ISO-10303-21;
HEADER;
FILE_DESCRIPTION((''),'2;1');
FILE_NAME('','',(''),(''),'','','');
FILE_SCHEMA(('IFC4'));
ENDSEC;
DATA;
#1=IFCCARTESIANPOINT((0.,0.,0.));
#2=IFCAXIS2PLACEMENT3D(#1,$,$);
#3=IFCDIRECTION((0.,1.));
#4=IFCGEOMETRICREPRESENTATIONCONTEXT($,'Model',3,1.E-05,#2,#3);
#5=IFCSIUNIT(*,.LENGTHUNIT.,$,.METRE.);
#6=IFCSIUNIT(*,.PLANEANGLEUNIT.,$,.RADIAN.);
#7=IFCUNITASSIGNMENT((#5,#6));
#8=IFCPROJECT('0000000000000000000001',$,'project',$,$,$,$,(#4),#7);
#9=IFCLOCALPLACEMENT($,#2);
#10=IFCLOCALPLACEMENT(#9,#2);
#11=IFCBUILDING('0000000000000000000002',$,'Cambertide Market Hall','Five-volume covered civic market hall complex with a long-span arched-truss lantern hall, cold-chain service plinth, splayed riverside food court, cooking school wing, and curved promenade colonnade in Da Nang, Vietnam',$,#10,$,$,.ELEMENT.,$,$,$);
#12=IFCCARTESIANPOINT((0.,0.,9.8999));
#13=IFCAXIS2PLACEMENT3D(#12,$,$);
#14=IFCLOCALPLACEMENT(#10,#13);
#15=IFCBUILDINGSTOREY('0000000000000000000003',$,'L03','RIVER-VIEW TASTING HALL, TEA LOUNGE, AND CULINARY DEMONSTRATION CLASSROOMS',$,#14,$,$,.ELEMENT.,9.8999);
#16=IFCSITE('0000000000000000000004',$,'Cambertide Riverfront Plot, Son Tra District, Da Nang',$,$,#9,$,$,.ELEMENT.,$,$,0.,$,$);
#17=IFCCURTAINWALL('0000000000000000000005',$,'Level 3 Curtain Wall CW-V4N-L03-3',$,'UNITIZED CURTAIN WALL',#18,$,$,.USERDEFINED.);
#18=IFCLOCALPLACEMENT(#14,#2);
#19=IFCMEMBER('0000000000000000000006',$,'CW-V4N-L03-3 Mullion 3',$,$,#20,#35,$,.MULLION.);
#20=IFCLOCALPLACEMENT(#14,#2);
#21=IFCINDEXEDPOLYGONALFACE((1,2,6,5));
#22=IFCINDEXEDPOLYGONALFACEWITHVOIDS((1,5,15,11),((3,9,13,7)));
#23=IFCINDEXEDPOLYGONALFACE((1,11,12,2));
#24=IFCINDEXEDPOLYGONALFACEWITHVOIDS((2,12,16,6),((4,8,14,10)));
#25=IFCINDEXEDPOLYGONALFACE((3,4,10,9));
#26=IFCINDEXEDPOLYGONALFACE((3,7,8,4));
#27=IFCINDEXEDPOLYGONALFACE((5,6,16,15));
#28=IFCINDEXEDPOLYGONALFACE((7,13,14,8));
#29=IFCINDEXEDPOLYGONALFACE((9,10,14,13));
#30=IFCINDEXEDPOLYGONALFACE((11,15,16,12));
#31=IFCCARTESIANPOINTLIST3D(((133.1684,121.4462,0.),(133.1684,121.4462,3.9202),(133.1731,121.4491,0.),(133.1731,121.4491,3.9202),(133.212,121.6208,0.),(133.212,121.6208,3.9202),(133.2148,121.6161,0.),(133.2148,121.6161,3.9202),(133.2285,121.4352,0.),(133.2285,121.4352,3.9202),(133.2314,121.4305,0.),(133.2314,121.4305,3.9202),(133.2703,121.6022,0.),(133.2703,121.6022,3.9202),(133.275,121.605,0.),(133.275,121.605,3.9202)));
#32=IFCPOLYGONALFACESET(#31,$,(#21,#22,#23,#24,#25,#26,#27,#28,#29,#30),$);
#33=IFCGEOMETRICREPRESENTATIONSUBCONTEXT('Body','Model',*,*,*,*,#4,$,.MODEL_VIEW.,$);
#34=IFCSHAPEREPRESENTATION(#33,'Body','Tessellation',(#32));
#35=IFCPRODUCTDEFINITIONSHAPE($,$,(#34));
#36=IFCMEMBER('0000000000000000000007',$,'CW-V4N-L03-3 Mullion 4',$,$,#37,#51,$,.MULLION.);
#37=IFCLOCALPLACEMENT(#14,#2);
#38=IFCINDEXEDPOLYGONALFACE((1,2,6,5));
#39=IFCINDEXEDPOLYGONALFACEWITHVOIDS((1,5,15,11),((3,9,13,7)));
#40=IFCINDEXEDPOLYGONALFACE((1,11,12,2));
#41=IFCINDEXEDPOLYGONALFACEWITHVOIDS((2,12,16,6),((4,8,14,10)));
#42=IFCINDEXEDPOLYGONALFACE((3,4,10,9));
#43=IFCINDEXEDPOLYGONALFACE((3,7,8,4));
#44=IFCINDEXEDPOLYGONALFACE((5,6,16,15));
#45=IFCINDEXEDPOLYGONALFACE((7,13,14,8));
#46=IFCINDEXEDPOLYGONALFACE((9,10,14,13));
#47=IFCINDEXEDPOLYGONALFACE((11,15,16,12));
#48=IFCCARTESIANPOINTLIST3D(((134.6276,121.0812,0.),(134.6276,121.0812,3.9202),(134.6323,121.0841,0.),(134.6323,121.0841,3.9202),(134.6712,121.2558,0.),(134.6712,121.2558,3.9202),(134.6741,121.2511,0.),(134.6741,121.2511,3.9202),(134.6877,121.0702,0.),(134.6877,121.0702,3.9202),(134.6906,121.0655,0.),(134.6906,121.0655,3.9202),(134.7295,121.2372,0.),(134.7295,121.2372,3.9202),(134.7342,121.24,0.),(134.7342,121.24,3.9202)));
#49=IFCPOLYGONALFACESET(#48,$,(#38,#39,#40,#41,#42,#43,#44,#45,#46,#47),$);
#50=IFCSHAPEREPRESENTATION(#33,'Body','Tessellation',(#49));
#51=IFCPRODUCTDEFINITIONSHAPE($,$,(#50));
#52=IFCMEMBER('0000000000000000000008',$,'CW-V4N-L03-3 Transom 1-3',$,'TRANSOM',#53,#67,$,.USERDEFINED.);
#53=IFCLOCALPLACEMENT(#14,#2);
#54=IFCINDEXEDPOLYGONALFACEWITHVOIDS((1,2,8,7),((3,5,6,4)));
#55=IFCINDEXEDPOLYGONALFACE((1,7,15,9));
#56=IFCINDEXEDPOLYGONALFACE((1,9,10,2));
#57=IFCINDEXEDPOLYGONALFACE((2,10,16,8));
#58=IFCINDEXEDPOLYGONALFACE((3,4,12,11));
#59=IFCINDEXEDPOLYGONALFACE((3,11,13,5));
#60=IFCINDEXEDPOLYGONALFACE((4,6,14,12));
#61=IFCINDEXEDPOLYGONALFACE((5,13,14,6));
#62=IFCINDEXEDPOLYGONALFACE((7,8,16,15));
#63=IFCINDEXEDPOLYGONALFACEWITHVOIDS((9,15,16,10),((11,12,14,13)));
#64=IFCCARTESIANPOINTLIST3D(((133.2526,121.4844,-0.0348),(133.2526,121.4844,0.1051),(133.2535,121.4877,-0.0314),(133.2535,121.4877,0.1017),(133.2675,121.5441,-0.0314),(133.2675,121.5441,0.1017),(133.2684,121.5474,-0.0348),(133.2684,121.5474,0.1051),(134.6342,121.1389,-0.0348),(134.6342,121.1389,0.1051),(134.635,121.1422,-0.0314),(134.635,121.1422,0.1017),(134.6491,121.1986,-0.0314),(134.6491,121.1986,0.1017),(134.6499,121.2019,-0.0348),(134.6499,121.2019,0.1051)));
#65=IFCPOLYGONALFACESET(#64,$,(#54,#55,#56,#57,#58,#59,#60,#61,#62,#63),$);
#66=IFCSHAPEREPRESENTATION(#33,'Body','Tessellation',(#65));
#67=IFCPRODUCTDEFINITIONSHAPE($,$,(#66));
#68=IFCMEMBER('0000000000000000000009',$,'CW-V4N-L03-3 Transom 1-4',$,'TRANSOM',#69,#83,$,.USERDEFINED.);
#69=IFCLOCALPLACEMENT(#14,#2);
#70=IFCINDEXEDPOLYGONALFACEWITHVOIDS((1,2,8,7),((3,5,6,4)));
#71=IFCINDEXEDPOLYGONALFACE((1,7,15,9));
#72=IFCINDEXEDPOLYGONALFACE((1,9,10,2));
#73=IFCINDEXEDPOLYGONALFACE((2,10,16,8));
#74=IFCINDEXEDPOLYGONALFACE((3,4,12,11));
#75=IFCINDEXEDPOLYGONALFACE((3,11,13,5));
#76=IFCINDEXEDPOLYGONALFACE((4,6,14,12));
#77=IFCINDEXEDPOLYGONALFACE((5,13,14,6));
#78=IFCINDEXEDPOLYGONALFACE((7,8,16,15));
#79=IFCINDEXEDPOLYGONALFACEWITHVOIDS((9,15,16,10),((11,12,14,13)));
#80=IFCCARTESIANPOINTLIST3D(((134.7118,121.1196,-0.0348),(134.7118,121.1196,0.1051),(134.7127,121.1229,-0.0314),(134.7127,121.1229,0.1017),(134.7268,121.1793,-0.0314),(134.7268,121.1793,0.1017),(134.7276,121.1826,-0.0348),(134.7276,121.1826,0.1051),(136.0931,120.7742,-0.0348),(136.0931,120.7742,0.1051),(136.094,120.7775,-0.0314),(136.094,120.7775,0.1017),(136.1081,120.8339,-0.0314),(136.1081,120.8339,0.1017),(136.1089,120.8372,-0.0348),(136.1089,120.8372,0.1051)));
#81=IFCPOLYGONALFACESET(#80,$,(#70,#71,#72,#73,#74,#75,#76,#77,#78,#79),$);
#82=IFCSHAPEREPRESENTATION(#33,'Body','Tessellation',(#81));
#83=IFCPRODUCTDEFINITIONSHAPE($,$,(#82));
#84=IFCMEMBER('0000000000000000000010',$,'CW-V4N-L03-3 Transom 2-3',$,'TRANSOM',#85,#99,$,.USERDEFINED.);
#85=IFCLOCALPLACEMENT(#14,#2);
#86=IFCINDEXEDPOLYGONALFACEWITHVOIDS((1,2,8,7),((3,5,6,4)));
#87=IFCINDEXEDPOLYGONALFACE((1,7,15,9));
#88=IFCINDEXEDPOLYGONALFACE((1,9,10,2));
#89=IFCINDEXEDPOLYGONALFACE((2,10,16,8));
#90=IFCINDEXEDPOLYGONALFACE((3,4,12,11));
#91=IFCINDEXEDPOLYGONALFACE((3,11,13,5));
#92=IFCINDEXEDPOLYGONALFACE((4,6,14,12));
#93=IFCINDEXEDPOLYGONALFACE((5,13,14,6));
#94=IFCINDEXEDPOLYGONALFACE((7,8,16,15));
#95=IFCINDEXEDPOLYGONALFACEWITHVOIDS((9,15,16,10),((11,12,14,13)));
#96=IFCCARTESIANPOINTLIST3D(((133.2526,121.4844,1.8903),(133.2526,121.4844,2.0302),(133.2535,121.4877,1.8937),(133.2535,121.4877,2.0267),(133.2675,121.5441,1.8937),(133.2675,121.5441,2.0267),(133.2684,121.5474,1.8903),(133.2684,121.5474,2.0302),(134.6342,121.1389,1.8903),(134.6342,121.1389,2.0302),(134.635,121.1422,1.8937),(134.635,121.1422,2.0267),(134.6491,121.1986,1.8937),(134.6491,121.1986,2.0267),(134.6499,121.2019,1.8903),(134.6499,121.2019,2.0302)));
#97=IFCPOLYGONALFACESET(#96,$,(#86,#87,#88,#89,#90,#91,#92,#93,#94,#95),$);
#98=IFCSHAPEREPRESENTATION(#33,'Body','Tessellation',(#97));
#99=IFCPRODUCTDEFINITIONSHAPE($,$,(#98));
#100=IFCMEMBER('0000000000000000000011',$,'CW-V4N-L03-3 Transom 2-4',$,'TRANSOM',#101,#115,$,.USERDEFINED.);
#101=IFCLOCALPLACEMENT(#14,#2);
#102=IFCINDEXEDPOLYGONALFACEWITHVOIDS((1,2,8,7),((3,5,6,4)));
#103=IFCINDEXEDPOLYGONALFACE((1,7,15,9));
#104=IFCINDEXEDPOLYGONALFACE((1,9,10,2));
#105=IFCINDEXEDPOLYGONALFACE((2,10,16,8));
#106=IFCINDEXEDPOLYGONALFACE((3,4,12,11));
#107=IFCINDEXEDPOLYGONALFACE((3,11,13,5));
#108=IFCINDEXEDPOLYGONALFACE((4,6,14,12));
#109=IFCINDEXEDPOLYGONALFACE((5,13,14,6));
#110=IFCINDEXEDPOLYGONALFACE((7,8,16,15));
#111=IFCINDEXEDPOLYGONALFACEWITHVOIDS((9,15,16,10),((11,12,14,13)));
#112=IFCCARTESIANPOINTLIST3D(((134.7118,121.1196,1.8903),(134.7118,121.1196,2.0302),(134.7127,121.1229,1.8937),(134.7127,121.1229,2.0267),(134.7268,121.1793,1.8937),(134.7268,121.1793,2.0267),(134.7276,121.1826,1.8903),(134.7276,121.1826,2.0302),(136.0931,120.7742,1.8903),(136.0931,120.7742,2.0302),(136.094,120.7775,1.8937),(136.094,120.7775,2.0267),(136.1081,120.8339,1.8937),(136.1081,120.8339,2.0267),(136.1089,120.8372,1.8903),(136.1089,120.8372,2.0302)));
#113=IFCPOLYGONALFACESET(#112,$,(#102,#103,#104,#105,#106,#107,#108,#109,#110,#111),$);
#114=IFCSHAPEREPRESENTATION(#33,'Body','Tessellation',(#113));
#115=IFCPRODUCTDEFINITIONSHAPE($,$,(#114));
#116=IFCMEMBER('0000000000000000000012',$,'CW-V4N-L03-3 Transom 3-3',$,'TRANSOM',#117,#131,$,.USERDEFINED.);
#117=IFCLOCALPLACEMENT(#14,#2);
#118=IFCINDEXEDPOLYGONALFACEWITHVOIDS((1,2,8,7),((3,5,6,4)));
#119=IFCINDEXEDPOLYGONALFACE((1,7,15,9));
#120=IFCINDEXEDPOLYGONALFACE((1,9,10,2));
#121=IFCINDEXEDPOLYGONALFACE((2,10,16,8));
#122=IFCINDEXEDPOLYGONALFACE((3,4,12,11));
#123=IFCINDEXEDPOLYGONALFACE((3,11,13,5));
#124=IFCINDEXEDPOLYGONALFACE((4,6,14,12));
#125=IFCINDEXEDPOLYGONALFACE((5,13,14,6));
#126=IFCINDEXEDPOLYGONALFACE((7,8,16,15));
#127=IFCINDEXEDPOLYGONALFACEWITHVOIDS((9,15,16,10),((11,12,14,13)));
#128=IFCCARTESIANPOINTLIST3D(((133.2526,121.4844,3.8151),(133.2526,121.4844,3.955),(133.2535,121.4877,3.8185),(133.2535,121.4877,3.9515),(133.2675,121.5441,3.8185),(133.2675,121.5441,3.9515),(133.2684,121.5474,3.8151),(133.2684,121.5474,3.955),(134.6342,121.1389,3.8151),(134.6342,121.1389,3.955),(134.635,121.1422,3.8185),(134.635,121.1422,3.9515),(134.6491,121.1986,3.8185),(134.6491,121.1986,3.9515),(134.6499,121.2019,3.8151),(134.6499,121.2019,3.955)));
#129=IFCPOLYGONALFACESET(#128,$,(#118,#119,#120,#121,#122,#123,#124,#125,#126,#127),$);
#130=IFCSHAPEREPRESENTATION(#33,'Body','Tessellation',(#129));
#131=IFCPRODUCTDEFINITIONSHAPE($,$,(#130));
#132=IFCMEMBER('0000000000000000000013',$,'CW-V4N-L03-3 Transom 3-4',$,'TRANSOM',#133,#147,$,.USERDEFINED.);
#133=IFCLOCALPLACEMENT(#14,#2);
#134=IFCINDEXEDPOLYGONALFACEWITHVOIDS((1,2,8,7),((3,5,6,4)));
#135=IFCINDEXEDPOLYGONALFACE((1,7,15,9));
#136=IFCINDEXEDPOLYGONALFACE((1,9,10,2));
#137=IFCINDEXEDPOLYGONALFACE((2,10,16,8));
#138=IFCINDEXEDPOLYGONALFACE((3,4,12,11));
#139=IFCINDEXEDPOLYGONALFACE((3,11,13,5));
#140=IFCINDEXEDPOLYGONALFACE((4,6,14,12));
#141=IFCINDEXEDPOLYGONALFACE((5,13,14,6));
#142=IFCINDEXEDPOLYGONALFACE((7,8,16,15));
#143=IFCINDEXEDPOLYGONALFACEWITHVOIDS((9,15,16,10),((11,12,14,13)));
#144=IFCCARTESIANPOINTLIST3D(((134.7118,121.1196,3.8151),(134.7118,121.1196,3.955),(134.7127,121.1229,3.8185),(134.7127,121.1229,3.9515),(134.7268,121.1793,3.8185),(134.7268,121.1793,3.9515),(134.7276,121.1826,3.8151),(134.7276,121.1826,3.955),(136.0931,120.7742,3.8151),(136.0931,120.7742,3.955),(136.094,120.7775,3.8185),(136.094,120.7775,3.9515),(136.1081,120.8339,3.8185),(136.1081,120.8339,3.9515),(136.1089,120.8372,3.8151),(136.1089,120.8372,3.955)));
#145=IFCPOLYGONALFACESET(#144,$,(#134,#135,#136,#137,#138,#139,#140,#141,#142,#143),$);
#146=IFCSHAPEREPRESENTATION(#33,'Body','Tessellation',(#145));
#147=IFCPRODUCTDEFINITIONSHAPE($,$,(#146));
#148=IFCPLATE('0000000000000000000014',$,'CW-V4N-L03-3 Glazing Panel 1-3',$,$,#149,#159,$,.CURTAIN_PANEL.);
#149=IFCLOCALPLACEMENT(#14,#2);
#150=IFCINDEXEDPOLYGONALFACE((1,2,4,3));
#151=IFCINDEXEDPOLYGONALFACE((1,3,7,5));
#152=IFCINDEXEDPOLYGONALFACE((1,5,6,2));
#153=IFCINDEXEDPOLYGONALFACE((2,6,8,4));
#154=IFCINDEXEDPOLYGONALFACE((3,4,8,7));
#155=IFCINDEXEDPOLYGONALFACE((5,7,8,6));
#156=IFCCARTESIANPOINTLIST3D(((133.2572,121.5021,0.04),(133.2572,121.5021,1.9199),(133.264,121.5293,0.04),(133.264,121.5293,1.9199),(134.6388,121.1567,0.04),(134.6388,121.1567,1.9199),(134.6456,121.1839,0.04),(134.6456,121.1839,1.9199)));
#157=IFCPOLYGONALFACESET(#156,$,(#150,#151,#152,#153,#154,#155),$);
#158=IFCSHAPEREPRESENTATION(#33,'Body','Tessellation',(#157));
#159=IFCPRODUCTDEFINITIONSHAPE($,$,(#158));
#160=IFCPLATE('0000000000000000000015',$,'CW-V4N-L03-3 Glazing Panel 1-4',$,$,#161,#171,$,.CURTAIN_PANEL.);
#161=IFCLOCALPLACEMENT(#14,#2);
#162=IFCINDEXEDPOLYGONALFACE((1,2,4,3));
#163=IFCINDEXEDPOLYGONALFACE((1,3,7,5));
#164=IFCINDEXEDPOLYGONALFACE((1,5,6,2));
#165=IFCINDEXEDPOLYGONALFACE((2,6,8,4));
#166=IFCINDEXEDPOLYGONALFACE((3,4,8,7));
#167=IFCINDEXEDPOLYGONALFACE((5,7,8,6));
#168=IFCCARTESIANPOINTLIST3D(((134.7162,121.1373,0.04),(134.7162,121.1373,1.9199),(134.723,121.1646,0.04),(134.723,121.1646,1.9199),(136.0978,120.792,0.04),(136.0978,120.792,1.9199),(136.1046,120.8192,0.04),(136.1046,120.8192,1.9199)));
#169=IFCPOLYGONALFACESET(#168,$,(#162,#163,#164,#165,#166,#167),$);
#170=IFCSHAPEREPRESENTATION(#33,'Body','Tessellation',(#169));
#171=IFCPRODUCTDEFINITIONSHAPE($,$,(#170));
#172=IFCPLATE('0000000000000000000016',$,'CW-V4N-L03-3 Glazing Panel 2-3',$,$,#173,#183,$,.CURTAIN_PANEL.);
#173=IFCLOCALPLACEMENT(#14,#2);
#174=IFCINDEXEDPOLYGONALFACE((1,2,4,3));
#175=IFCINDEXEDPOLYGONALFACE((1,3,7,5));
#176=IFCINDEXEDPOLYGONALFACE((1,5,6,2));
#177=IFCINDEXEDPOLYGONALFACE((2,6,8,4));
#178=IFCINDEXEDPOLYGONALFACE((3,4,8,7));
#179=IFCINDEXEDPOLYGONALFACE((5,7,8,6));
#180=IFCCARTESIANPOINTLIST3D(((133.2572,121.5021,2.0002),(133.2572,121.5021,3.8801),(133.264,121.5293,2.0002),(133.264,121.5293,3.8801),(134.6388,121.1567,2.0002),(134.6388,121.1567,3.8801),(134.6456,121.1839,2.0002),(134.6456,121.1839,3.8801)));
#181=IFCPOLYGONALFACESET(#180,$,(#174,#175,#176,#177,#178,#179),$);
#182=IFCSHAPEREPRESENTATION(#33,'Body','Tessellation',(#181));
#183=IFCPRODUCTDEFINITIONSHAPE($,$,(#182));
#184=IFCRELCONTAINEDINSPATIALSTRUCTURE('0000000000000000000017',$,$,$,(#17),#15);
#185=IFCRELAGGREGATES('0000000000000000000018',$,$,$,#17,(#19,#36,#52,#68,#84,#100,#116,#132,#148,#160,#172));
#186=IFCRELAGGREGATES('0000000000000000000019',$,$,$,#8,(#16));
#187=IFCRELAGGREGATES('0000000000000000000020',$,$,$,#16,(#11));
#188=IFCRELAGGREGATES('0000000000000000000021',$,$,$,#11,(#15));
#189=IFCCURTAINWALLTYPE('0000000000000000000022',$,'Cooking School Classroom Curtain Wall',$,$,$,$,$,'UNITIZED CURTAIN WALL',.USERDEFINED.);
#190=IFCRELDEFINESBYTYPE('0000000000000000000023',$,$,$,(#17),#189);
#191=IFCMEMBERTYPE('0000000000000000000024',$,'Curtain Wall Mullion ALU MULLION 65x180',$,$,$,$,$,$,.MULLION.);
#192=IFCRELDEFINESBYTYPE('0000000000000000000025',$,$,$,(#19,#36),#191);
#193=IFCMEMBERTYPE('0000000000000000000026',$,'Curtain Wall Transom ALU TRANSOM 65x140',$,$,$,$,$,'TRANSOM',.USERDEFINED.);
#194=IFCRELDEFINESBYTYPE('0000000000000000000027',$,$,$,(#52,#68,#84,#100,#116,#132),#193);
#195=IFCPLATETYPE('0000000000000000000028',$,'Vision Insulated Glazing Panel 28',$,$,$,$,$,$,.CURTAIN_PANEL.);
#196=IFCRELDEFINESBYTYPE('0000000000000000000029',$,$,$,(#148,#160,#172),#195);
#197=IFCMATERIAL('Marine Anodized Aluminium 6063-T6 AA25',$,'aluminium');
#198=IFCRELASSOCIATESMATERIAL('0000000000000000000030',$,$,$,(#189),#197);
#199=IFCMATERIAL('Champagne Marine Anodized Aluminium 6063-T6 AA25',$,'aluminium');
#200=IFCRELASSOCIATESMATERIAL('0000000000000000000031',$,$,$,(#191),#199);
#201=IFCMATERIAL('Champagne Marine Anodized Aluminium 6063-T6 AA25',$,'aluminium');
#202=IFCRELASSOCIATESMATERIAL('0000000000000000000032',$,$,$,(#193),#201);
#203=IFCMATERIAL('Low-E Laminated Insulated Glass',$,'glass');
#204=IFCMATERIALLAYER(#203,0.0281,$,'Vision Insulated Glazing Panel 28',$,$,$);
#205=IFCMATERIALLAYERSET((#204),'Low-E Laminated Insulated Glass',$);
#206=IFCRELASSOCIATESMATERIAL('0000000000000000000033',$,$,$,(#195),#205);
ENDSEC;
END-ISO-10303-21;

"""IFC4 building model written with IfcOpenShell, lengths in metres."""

from ifc_helpers import new_model, si_unit, direction, frame, origin, origin_2d, place, context, subcontext, project, spatial, rectangle, hollow_rectangle, extrude, material, layer, layer_set, material_profile, profile_set, type_object, element, aggregate, save


model = new_model("IFC4")

# Units and contexts
model_context = context("Model", 3, precision=1e-05, world=origin(), true_north=direction((0.0, 1.0)))
body_context = subcontext(model_context, "Body", "Model", "MODEL_VIEW")
ifc_project = project(units=[si_unit("LENGTHUNIT", "METRE"), si_unit("PLANEANGLEUNIT", "RADIAN")], contexts=[model_context])

# Site, building, storey
site_placement = place(None, origin())
site = spatial("IfcSite", under=ifc_project, at=site_placement, Name="Cambertide Riverfront Plot, Son Tra District, Da Nang", CompositionType="ELEMENT", RefElevation=0.0)
building_placement = place(site_placement, origin())
building = spatial("IfcBuilding", under=site, at=building_placement, Name="Cambertide Market Hall", Description="Five-volume covered civic market hall complex with a long-span arched-truss lantern hall, cold-chain service plinth, splayed riverside food court, cooking school wing, and curved promenade colonnade in Da Nang, Vietnam", CompositionType="ELEMENT")
storey_placement = place(building_placement, frame((0.0, 0.0, 9.8999)))
storey = spatial("IfcBuildingStorey", under=building, at=storey_placement, Name="L03", Description="RIVER-VIEW TASTING HALL, TEA LOUNGE, AND CULINARY DEMONSTRATION CLASSROOMS", CompositionType="ELEMENT", Elevation=9.8999)

# Curtain wall, members, plates
ifc_material_1 = material(Name="Marine Anodized Aluminium 6063-T6 AA25", Category="aluminium")
curtain_wall_type = type_object("IfcCurtainWallType", Name="Cooking School Classroom Curtain Wall", ElementType="UNITIZED CURTAIN WALL", PredefinedType="USERDEFINED", material=ifc_material_1)
curtain_wall_placement = place(storey_placement, origin())
curtain_wall = element("IfcCurtainWall", 1, at=curtain_wall_placement, inside=storey, type_object=curtain_wall_type, Name="Level 3 Curtain Wall CW-V4N-L03-3", ObjectType="UNITIZED CURTAIN WALL", PredefinedType="USERDEFINED")
ifc_material_2 = material(Name="Champagne Marine Anodized Aluminium 6063-T6 AA25", Category="aluminium")
ifc_material_profile_1 = material_profile(ifc_material_2, hollow_rectangle(XDim=0.0649, YDim=0.1799, WallThickness=0.0039, at=origin_2d()), Name="ALU MULLION 65x180")
ifc_profile_set_1 = profile_set([ifc_material_profile_1], Name="Champagne Marine Anodized Aluminium 6063-T6 AA25")
member_type_1 = type_object("IfcMemberType", Name="Curtain Wall Mullion ALU MULLION 65x180", PredefinedType="MULLION", material=ifc_profile_set_1)
member_1_placement = place(storey_placement, frame((133.2217, 121.5256, 0.0), z_axis=(0.0, 0.0, 1.0), x_axis=(0.970143, -0.242536, 0.0)))
member_1 = element("IfcMember", 2, at=member_1_placement, type_object=member_type_1, Name="CW-V4N-L03-3 Mullion 3", PredefinedType="MULLION", context=body_context, shape_type="SweptSolid", body=[
    extrude(hollow_rectangle(XDim=0.0649, YDim=0.1799, WallThickness=0.0039, at=origin_2d()), origin(), (0.0, 0.0, 1.0), 3.9202),
])
member_2_placement = place(storey_placement, frame((134.6809, 121.1606, 0.0), z_axis=(0.0, 0.0, 1.0), x_axis=(0.970143, -0.242536, 0.0)))
member_2 = element("IfcMember", 3, at=member_2_placement, type_object=member_type_1, Name="CW-V4N-L03-3 Mullion 4", PredefinedType="MULLION", context=body_context, shape_type="SweptSolid", body=[
    extrude(hollow_rectangle(XDim=0.0649, YDim=0.1799, WallThickness=0.0039, at=origin_2d()), origin(), (0.0, 0.0, 1.0), 3.9202),
])
ifc_material_3 = material(Name="Champagne Marine Anodized Aluminium 6063-T6 AA25", Category="aluminium")
ifc_material_profile_2 = material_profile(ifc_material_3, hollow_rectangle(XDim=0.0649, YDim=0.1399, WallThickness=0.0034, at=origin_2d()), Name="ALU TRANSOM 65x140")
ifc_profile_set_2 = profile_set([ifc_material_profile_2], Name="Champagne Marine Anodized Aluminium 6063-T6 AA25")
member_type_2 = type_object("IfcMemberType", Name="Curtain Wall Transom ALU TRANSOM 65x140", ElementType="TRANSOM", PredefinedType="USERDEFINED", material=ifc_profile_set_2)
member_3_placement = place(storey_placement, frame((133.2605, 121.5159, 0.0352), z_axis=(0.970132, -0.242576, 0.0), x_axis=(0.242576, 0.970132, 0.0)))
member_3 = element("IfcMember", 4, at=member_3_placement, type_object=member_type_2, Name="CW-V4N-L03-3 Transom 1-3", ObjectType="TRANSOM", PredefinedType="USERDEFINED", context=body_context, shape_type="SweptSolid", body=[
    extrude(hollow_rectangle(XDim=0.0649, YDim=0.1399, WallThickness=0.0034, at=origin_2d()), origin(), (0.0, 0.0, 1.0), 1.4241),
])
member_4_placement = place(storey_placement, frame((134.7197, 121.1511, 0.0352), z_axis=(0.970122, -0.242616, 0.0), x_axis=(0.242616, 0.970122, 0.0)))
member_4 = element("IfcMember", 5, at=member_4_placement, type_object=member_type_2, Name="CW-V4N-L03-3 Transom 1-4", ObjectType="TRANSOM", PredefinedType="USERDEFINED", context=body_context, shape_type="SweptSolid", body=[
    extrude(hollow_rectangle(XDim=0.0649, YDim=0.1399, WallThickness=0.0034, at=origin_2d()), origin(), (0.0, 0.0, 1.0), 1.4238),
])
member_5_placement = place(storey_placement, frame((133.2605, 121.5159, 1.9602), z_axis=(0.970132, -0.242576, 0.0), x_axis=(0.242576, 0.970132, 0.0)))
member_5 = element("IfcMember", 6, at=member_5_placement, type_object=member_type_2, Name="CW-V4N-L03-3 Transom 2-3", ObjectType="TRANSOM", PredefinedType="USERDEFINED", context=body_context, shape_type="SweptSolid", body=[
    extrude(hollow_rectangle(XDim=0.0649, YDim=0.1399, WallThickness=0.0034, at=origin_2d()), origin(), (0.0, 0.0, 1.0), 1.4241),
])
member_6_placement = place(storey_placement, frame((134.7197, 121.1511, 1.9602), z_axis=(0.970122, -0.242616, 0.0), x_axis=(0.242616, 0.970122, 0.0)))
member_6 = element("IfcMember", 7, at=member_6_placement, type_object=member_type_2, Name="CW-V4N-L03-3 Transom 2-4", ObjectType="TRANSOM", PredefinedType="USERDEFINED", context=body_context, shape_type="SweptSolid", body=[
    extrude(hollow_rectangle(XDim=0.0649, YDim=0.1399, WallThickness=0.0034, at=origin_2d()), origin(), (0.0, 0.0, 1.0), 1.4238),
])
member_7_placement = place(storey_placement, frame((133.2605, 121.5159, 3.885), z_axis=(0.970132, -0.242576, 0.0), x_axis=(0.242576, 0.970132, 0.0)))
member_7 = element("IfcMember", 8, at=member_7_placement, type_object=member_type_2, Name="CW-V4N-L03-3 Transom 3-3", ObjectType="TRANSOM", PredefinedType="USERDEFINED", context=body_context, shape_type="SweptSolid", body=[
    extrude(hollow_rectangle(XDim=0.0649, YDim=0.1399, WallThickness=0.0034, at=origin_2d()), origin(), (0.0, 0.0, 1.0), 1.4241),
])
member_8_placement = place(storey_placement, frame((134.7197, 121.1511, 3.885), z_axis=(0.970122, -0.242616, 0.0), x_axis=(0.242616, 0.970122, 0.0)))
member_8 = element("IfcMember", 9, at=member_8_placement, type_object=member_type_2, Name="CW-V4N-L03-3 Transom 3-4", ObjectType="TRANSOM", PredefinedType="USERDEFINED", context=body_context, shape_type="SweptSolid", body=[
    extrude(hollow_rectangle(XDim=0.0649, YDim=0.1399, WallThickness=0.0034, at=origin_2d()), origin(), (0.0, 0.0, 1.0), 1.4238),
])
ifc_material_4 = material(Name="Low-E Laminated Insulated Glass", Category="glass")
ifc_layer_1 = layer(ifc_material_4, 0.0281, Name="Vision Insulated Glazing Panel 28")
ifc_layer_set_1 = layer_set([ifc_layer_1], Name="Low-E Laminated Insulated Glass")
plate_type = type_object("IfcPlateType", Name="Vision Insulated Glazing Panel 28", PredefinedType="CURTAIN_PANEL", material=ifc_layer_set_1)
plate_1_placement = place(storey_placement, frame((133.9514, 121.343, 0.04), z_axis=(0.0, 0.0, 1.0), x_axis=(0.970143, -0.242536, 0.0)))
plate_1 = element("IfcPlate", 10, at=plate_1_placement, type_object=plate_type, Name="CW-V4N-L03-3 Glazing Panel 1-3", PredefinedType="CURTAIN_PANEL", context=body_context, shape_type="SweptSolid", body=[
    extrude(rectangle(XDim=1.4241, YDim=0.0281, at=origin_2d()), origin(), (0.0, 0.0, 1.0), 1.8799),
])
plate_2_placement = place(storey_placement, frame((135.4104, 120.9783, 0.04), z_axis=(0.0, 0.0, 1.0), x_axis=(0.970143, -0.242536, 0.0)))
plate_2 = element("IfcPlate", 11, at=plate_2_placement, type_object=plate_type, Name="CW-V4N-L03-3 Glazing Panel 1-4", PredefinedType="CURTAIN_PANEL", context=body_context, shape_type="SweptSolid", body=[
    extrude(rectangle(XDim=1.4241, YDim=0.0281, at=origin_2d()), origin(), (0.0, 0.0, 1.0), 1.8799),
])
plate_3_placement = place(storey_placement, frame((133.9514, 121.343, 2.0002), z_axis=(0.0, 0.0, 1.0), x_axis=(0.970143, -0.242536, 0.0)))
plate_3 = element("IfcPlate", 12, at=plate_3_placement, type_object=plate_type, Name="CW-V4N-L03-3 Glazing Panel 2-3", PredefinedType="CURTAIN_PANEL", context=body_context, shape_type="SweptSolid", body=[
    extrude(rectangle(XDim=1.4241, YDim=0.0281, at=origin_2d()), origin(), (0.0, 0.0, 1.0), 1.8799),
])
aggregate(curtain_wall, [member_1, member_2, member_3, member_4, member_5, member_6, member_7, member_8, plate_1, plate_2, plate_3])

save(model, "model.ifc")
